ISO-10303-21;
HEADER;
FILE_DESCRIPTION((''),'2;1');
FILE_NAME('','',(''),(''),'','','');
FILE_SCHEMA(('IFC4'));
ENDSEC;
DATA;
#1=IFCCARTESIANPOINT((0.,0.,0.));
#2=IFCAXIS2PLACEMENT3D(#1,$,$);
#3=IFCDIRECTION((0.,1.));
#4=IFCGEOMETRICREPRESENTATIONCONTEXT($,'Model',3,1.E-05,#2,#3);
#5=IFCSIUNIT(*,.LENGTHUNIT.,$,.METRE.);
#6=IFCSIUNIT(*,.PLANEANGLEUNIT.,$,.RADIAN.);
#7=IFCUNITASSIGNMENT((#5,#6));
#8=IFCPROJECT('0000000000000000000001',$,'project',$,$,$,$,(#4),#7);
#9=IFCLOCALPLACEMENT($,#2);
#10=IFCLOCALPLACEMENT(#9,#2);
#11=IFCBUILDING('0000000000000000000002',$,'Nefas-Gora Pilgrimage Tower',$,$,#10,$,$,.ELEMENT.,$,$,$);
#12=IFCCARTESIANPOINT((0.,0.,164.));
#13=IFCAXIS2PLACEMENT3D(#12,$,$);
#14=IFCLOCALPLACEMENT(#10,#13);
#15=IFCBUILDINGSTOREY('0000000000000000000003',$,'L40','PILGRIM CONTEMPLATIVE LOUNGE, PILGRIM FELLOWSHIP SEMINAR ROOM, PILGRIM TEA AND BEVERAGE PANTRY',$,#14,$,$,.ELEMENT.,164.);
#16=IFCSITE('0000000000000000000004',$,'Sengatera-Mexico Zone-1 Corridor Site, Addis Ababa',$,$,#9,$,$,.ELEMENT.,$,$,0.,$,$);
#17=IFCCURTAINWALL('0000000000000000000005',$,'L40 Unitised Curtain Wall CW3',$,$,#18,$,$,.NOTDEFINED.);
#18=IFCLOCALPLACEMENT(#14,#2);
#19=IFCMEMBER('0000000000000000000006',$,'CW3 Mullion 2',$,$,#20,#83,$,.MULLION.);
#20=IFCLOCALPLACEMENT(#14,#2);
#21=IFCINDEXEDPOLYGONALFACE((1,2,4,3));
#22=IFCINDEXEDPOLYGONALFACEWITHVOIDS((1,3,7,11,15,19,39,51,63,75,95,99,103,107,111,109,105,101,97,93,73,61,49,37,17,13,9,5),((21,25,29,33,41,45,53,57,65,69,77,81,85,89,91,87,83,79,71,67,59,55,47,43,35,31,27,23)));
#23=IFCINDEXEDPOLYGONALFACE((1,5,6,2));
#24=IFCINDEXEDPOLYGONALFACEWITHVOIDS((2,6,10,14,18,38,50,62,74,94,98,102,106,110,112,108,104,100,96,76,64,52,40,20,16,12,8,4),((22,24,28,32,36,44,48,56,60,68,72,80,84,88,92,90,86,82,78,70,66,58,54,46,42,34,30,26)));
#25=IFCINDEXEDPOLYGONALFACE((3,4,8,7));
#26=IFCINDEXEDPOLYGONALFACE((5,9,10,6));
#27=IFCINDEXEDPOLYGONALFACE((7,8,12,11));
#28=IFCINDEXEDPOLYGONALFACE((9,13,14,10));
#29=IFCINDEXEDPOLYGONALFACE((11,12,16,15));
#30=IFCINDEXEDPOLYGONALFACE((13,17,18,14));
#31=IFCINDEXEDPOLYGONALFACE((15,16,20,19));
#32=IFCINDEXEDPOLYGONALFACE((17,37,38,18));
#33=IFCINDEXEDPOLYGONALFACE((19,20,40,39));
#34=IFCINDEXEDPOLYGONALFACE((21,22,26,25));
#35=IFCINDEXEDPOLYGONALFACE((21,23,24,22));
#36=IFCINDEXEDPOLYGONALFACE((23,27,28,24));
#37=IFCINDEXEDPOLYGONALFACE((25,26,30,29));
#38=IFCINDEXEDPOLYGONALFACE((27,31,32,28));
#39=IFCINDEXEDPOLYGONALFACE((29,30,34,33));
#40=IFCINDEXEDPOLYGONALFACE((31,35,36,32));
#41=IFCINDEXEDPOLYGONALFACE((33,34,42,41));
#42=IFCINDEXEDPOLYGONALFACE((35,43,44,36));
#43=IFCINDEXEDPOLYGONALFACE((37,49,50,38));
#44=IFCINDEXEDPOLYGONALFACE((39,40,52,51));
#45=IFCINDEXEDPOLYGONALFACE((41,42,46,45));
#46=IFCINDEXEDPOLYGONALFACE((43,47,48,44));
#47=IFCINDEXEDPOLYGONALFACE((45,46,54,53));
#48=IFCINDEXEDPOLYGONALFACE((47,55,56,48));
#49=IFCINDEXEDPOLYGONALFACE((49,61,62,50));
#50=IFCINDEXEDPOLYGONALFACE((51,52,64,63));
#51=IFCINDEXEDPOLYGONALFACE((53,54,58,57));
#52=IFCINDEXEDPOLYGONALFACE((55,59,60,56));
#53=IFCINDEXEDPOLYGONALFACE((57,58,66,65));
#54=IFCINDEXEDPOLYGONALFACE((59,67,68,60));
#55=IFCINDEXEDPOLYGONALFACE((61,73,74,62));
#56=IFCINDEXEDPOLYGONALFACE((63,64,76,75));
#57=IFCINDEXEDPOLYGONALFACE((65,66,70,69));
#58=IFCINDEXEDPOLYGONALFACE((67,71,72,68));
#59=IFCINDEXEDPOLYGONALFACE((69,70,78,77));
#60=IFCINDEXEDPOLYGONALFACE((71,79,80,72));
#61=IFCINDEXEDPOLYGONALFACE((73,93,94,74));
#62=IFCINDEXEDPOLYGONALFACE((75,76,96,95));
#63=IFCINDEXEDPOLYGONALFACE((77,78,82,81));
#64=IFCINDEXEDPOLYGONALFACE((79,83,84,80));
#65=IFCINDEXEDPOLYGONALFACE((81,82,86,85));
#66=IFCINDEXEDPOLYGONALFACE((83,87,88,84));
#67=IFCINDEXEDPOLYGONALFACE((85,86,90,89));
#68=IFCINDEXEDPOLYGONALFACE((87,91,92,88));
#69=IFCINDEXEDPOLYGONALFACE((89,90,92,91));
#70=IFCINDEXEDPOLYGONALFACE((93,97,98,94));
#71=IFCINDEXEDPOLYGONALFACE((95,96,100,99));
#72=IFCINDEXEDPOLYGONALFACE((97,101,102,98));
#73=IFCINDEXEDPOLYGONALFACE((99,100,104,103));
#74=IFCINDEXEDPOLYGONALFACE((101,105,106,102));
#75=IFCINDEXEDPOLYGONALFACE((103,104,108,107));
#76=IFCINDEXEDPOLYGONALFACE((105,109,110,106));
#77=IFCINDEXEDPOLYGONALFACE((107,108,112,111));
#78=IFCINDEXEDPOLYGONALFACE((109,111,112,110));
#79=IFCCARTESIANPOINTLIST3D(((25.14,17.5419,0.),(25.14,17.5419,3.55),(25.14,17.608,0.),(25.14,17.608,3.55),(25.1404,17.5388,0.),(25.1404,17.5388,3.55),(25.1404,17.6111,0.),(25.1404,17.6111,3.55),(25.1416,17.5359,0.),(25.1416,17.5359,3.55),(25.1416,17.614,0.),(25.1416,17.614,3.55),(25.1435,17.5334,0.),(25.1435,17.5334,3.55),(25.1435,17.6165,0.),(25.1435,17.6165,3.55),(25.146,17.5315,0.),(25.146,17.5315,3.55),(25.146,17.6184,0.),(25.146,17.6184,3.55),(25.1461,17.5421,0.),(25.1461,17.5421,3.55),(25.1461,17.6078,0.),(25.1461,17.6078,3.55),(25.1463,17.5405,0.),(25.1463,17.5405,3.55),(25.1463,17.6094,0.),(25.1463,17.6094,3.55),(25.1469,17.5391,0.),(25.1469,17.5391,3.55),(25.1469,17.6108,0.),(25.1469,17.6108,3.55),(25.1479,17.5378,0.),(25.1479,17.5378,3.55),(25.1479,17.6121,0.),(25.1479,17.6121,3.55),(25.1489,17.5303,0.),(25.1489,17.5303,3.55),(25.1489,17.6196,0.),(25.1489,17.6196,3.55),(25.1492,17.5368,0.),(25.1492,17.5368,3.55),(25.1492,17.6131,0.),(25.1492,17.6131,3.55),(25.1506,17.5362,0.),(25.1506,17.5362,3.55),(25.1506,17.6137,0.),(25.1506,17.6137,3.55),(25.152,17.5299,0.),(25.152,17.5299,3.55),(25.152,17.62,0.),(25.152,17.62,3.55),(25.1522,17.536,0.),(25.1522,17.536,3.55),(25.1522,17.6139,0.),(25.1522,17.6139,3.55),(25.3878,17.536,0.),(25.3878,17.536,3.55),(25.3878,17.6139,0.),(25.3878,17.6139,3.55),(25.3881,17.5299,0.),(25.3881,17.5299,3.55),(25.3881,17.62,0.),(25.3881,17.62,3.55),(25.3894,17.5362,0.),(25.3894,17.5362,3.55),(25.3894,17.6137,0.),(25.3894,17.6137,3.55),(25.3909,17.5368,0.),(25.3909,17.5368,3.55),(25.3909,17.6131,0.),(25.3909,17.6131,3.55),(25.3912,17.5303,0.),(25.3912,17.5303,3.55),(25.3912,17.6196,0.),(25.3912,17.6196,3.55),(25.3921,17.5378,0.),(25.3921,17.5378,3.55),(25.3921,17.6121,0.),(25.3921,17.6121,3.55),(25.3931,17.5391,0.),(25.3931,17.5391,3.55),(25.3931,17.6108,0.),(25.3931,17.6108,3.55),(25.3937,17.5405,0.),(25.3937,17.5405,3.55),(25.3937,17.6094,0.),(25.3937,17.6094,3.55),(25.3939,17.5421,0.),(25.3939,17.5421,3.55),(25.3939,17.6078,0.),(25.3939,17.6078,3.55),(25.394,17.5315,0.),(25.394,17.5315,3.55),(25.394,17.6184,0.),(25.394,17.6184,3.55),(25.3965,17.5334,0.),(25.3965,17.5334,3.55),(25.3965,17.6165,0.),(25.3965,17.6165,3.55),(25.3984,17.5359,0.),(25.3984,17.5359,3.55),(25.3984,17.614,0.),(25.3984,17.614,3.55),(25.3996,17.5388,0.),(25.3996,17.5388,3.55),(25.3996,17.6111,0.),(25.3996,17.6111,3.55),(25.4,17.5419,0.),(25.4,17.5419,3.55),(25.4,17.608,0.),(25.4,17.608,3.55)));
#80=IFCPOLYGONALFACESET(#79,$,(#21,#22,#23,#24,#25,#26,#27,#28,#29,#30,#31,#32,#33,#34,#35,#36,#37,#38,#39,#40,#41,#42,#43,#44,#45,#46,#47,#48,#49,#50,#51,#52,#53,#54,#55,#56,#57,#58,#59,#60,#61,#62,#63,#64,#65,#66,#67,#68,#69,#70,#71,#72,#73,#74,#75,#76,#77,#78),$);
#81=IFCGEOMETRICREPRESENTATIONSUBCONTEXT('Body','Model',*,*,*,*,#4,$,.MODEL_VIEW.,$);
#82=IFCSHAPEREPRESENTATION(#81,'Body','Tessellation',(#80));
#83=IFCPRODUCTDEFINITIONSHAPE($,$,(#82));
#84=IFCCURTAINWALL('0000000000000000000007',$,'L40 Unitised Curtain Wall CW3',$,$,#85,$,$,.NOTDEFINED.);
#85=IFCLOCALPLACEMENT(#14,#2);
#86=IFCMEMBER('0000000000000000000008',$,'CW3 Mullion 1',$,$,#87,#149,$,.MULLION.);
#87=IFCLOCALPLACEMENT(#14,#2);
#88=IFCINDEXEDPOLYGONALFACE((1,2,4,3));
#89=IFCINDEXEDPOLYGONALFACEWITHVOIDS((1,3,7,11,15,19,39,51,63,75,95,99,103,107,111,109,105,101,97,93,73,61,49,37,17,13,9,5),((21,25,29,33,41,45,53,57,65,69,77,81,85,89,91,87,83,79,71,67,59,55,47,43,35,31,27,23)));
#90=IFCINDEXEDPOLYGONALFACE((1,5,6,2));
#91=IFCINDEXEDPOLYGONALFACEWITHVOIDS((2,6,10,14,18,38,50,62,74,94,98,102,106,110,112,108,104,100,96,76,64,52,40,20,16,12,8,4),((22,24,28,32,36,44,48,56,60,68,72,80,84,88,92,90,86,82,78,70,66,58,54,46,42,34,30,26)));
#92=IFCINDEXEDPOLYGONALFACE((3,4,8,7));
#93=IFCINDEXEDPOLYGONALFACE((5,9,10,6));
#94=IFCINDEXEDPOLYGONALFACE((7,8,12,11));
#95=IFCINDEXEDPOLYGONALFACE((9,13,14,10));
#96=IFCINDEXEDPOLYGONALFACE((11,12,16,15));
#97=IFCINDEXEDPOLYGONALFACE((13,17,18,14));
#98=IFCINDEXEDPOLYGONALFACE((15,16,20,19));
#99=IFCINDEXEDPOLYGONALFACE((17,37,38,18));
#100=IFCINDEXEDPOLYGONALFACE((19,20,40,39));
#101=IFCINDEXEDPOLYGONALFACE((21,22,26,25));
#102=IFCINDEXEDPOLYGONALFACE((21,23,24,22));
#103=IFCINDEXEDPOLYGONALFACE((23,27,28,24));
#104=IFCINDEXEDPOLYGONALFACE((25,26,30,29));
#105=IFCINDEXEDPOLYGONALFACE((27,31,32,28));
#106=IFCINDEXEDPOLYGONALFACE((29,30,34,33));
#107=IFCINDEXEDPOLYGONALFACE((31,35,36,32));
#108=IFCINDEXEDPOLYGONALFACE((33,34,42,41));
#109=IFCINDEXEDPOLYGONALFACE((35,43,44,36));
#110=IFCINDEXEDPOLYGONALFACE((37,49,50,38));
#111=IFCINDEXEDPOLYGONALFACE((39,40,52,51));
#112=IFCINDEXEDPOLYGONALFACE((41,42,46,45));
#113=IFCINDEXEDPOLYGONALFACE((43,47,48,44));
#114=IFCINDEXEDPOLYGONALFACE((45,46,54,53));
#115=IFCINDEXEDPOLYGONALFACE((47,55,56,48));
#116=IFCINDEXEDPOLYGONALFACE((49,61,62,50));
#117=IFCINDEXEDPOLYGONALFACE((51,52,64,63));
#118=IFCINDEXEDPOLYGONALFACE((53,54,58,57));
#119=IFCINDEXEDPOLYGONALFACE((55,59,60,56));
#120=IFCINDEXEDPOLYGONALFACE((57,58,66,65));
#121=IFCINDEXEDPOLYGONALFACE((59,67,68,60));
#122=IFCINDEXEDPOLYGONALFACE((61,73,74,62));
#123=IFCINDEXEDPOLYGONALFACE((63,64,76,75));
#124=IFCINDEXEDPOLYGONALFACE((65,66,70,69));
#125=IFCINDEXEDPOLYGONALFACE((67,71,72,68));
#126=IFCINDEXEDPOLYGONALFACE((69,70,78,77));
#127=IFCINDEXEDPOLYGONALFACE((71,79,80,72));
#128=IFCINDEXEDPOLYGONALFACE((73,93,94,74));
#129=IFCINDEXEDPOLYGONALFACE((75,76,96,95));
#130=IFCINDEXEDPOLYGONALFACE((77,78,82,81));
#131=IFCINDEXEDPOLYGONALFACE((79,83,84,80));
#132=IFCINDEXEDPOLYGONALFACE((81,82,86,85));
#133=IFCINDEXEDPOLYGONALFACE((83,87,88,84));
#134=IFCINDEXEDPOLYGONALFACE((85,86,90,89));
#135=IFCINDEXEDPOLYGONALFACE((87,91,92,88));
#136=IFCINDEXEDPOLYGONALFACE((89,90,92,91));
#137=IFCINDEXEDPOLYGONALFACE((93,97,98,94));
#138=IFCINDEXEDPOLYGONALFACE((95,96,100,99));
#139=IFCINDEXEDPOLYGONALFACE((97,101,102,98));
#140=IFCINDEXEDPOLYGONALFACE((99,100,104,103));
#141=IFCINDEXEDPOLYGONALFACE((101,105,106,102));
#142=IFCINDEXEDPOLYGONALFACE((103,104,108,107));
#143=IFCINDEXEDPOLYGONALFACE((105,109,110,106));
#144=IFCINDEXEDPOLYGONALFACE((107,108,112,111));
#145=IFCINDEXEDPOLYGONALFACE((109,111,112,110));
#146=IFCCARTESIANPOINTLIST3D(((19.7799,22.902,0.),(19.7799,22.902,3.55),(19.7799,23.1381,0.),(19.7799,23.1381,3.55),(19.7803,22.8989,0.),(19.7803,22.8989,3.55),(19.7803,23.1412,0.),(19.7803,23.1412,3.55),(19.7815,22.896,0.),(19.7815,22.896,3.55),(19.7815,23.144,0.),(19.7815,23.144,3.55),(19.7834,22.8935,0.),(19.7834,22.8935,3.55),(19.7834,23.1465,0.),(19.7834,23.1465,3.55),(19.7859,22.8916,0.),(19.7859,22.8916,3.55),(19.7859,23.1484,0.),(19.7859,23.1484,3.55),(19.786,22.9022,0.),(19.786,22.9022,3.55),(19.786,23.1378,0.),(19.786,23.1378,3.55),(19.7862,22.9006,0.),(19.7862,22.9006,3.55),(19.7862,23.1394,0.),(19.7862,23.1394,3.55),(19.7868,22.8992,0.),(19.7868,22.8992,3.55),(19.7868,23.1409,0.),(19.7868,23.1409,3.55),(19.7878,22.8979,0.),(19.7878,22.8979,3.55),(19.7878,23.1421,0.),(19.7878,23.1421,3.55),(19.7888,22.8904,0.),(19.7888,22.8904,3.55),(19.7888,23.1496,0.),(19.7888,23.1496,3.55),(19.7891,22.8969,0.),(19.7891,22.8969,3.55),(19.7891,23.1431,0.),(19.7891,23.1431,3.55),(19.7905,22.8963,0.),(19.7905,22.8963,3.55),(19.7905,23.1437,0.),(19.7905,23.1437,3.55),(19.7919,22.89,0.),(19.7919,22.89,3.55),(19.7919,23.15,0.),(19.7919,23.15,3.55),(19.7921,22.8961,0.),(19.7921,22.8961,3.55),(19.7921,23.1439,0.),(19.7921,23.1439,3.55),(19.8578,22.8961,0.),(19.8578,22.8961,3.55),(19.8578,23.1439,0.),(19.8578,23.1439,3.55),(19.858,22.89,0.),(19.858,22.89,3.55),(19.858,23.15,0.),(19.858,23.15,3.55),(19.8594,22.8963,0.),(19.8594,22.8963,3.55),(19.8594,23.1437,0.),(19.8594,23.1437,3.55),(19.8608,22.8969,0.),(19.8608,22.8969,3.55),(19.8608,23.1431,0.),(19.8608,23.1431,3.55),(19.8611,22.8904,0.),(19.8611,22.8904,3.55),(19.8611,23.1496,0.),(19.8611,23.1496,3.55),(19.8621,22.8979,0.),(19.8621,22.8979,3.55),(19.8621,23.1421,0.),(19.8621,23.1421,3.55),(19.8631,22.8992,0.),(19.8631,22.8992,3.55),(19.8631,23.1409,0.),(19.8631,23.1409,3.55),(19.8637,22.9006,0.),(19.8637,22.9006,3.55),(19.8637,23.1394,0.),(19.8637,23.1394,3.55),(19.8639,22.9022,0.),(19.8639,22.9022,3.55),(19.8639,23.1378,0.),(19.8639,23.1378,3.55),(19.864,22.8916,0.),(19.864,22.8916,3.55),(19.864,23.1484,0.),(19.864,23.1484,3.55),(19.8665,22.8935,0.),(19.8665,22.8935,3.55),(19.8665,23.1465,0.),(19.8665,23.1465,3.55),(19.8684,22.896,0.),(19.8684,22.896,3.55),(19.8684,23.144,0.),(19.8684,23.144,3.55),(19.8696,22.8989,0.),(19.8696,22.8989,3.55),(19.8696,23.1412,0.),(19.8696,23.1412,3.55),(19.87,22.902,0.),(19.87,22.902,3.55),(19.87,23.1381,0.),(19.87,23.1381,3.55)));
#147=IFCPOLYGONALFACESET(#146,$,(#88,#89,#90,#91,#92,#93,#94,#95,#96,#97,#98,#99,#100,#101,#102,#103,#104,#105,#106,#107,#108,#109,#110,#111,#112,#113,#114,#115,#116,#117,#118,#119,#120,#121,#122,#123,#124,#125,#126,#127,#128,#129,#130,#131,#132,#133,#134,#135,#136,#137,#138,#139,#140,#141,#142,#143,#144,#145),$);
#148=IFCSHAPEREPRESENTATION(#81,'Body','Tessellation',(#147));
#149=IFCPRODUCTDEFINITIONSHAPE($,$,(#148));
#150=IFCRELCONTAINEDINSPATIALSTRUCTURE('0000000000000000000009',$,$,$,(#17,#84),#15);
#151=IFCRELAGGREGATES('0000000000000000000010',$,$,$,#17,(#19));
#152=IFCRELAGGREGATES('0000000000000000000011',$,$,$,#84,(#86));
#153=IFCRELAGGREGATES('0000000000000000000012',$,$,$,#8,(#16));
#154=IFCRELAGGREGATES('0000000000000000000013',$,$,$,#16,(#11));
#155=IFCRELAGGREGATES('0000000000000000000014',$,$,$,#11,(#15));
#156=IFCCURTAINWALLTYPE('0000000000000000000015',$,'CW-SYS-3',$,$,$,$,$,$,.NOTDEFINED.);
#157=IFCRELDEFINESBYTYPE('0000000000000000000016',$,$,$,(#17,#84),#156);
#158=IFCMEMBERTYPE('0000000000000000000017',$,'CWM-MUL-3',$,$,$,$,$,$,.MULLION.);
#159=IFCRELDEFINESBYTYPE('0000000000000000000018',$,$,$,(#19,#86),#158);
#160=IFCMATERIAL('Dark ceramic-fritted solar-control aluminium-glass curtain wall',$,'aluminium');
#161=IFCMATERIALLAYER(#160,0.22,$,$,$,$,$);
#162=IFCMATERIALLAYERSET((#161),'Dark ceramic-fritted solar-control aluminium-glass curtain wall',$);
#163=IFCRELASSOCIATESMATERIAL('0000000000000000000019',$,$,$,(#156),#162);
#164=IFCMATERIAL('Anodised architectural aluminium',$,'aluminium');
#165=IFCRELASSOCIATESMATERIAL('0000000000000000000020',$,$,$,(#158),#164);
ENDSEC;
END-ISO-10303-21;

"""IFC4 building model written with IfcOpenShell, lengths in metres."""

from ifc_helpers import new_model, si_unit, direction, frame, origin, origin_2d, place, context, subcontext, project, spatial, hollow_rectangle, extrude, source, transform, mapped, material, layer, layer_set, material_profile, profile_set, type_object, element, aggregate, save


model = new_model("IFC4")

# Units and contexts
model_context = context("Model", 3, precision=1e-05, world=origin(), true_north=direction((0.0, 1.0)))
body_context = subcontext(model_context, "Body", "Model", "MODEL_VIEW")
ifc_project = project(units=[si_unit("LENGTHUNIT", "METRE"), si_unit("PLANEANGLEUNIT", "RADIAN")], contexts=[model_context])

# Site, building, storey
site_placement = place(None, origin())
site = spatial("IfcSite", under=ifc_project, at=site_placement, Name="Sengatera-Mexico Zone-1 Corridor Site, Addis Ababa", CompositionType="ELEMENT", RefElevation=0.0)
building_placement = place(site_placement, origin())
building = spatial("IfcBuilding", under=site, at=building_placement, Name="Nefas-Gora Pilgrimage Tower", CompositionType="ELEMENT")
storey_placement = place(building_placement, frame((0.0, 0.0, 164.0)))
storey = spatial("IfcBuildingStorey", under=building, at=storey_placement, Name="L40", Description="PILGRIM CONTEMPLATIVE LOUNGE, PILGRIM FELLOWSHIP SEMINAR ROOM, PILGRIM TEA AND BEVERAGE PANTRY", CompositionType="ELEMENT", Elevation=164.0)

# Curtain wall, member
ifc_material_1 = material(Name="Dark ceramic-fritted solar-control aluminium-glass curtain wall", Category="aluminium")
ifc_layer_1 = layer(ifc_material_1, 0.22)
ifc_layer_set_1 = layer_set([ifc_layer_1], Name="Dark ceramic-fritted solar-control aluminium-glass curtain wall")
curtain_wall_type = type_object("IfcCurtainWallType", Name="CW-SYS-3", PredefinedType="NOTDEFINED", material=ifc_layer_set_1)
curtain_wall_1_placement = place(storey_placement, origin())
curtain_wall_1 = element("IfcCurtainWall", 1, at=curtain_wall_1_placement, inside=storey, type_object=curtain_wall_type, Name="L40 Unitised Curtain Wall CW3", PredefinedType="NOTDEFINED")
ifc_material_2 = material(Name="Anodised architectural aluminium", Category="aluminium")
ifc_material_profile_1 = material_profile(ifc_material_2, hollow_rectangle(XDim=0.0901, YDim=0.26, WallThickness=0.0061, InnerFilletRadius=0.0061, OuterFilletRadius=0.012, at=origin_2d()), Name="ALU MULLION 90x260")
ifc_profile_set_1 = profile_set([ifc_material_profile_1], Name="Anodised architectural aluminium")
member_type_1 = type_object("IfcMemberType", Name="CWM-MUL-3", PredefinedType="MULLION", material=ifc_profile_set_1)
shared_shape_1 = source(origin(), body_context, "Body", "SweptSolid", [
    extrude(hollow_rectangle(XDim=0.0901, YDim=0.26, WallThickness=0.0061, InnerFilletRadius=0.0061, OuterFilletRadius=0.012, at=origin_2d()), origin(), (0.0, 0.0, 1.0), 3.55),
])
member_1_placement = place(storey_placement, frame((25.27, 17.575, 0.0), z_axis=(0.0, 0.0, 1.0), x_axis=(0.0, 1.0, 0.0)))
member_1 = element("IfcMember", 2, at=member_1_placement, type_object=member_type_1, Name="CW3 Mullion 2", PredefinedType="MULLION", context=body_context, shape_type="MappedRepresentation", body=[
    mapped(shared_shape_1, transform((0.0, 0.0, 0.0), x_axis=(1.0, 0.0, 0.0), y_axis=(0.0, 1.0, 0.0), z_axis=(0.0, 0.0, 1.0), scale=1.0)),
])
aggregate(curtain_wall_1, [member_1])

# Curtain wall, member
curtain_wall_2_placement = place(storey_placement, origin())
curtain_wall_2 = element("IfcCurtainWall", 3, at=curtain_wall_2_placement, inside=storey, type_object=curtain_wall_type, Name="L40 Unitised Curtain Wall CW3", PredefinedType="NOTDEFINED")
member_2_placement = place(storey_placement, frame((19.825, 23.02, 0.0), z_axis=(0.0, 0.0, 1.0), x_axis=(-1.0, 0.0, 0.0)))
member_2 = element("IfcMember", 4, at=member_2_placement, type_object=member_type_1, Name="CW3 Mullion 1", PredefinedType="MULLION", context=body_context, shape_type="MappedRepresentation", body=[
    mapped(shared_shape_1, transform((0.0, 0.0, 0.0), x_axis=(1.0, 0.0, 0.0), y_axis=(0.0, 1.0, 0.0), z_axis=(0.0, 0.0, 1.0), scale=1.0)),
])
aggregate(curtain_wall_2, [member_2])

save(model, "model.ifc")
